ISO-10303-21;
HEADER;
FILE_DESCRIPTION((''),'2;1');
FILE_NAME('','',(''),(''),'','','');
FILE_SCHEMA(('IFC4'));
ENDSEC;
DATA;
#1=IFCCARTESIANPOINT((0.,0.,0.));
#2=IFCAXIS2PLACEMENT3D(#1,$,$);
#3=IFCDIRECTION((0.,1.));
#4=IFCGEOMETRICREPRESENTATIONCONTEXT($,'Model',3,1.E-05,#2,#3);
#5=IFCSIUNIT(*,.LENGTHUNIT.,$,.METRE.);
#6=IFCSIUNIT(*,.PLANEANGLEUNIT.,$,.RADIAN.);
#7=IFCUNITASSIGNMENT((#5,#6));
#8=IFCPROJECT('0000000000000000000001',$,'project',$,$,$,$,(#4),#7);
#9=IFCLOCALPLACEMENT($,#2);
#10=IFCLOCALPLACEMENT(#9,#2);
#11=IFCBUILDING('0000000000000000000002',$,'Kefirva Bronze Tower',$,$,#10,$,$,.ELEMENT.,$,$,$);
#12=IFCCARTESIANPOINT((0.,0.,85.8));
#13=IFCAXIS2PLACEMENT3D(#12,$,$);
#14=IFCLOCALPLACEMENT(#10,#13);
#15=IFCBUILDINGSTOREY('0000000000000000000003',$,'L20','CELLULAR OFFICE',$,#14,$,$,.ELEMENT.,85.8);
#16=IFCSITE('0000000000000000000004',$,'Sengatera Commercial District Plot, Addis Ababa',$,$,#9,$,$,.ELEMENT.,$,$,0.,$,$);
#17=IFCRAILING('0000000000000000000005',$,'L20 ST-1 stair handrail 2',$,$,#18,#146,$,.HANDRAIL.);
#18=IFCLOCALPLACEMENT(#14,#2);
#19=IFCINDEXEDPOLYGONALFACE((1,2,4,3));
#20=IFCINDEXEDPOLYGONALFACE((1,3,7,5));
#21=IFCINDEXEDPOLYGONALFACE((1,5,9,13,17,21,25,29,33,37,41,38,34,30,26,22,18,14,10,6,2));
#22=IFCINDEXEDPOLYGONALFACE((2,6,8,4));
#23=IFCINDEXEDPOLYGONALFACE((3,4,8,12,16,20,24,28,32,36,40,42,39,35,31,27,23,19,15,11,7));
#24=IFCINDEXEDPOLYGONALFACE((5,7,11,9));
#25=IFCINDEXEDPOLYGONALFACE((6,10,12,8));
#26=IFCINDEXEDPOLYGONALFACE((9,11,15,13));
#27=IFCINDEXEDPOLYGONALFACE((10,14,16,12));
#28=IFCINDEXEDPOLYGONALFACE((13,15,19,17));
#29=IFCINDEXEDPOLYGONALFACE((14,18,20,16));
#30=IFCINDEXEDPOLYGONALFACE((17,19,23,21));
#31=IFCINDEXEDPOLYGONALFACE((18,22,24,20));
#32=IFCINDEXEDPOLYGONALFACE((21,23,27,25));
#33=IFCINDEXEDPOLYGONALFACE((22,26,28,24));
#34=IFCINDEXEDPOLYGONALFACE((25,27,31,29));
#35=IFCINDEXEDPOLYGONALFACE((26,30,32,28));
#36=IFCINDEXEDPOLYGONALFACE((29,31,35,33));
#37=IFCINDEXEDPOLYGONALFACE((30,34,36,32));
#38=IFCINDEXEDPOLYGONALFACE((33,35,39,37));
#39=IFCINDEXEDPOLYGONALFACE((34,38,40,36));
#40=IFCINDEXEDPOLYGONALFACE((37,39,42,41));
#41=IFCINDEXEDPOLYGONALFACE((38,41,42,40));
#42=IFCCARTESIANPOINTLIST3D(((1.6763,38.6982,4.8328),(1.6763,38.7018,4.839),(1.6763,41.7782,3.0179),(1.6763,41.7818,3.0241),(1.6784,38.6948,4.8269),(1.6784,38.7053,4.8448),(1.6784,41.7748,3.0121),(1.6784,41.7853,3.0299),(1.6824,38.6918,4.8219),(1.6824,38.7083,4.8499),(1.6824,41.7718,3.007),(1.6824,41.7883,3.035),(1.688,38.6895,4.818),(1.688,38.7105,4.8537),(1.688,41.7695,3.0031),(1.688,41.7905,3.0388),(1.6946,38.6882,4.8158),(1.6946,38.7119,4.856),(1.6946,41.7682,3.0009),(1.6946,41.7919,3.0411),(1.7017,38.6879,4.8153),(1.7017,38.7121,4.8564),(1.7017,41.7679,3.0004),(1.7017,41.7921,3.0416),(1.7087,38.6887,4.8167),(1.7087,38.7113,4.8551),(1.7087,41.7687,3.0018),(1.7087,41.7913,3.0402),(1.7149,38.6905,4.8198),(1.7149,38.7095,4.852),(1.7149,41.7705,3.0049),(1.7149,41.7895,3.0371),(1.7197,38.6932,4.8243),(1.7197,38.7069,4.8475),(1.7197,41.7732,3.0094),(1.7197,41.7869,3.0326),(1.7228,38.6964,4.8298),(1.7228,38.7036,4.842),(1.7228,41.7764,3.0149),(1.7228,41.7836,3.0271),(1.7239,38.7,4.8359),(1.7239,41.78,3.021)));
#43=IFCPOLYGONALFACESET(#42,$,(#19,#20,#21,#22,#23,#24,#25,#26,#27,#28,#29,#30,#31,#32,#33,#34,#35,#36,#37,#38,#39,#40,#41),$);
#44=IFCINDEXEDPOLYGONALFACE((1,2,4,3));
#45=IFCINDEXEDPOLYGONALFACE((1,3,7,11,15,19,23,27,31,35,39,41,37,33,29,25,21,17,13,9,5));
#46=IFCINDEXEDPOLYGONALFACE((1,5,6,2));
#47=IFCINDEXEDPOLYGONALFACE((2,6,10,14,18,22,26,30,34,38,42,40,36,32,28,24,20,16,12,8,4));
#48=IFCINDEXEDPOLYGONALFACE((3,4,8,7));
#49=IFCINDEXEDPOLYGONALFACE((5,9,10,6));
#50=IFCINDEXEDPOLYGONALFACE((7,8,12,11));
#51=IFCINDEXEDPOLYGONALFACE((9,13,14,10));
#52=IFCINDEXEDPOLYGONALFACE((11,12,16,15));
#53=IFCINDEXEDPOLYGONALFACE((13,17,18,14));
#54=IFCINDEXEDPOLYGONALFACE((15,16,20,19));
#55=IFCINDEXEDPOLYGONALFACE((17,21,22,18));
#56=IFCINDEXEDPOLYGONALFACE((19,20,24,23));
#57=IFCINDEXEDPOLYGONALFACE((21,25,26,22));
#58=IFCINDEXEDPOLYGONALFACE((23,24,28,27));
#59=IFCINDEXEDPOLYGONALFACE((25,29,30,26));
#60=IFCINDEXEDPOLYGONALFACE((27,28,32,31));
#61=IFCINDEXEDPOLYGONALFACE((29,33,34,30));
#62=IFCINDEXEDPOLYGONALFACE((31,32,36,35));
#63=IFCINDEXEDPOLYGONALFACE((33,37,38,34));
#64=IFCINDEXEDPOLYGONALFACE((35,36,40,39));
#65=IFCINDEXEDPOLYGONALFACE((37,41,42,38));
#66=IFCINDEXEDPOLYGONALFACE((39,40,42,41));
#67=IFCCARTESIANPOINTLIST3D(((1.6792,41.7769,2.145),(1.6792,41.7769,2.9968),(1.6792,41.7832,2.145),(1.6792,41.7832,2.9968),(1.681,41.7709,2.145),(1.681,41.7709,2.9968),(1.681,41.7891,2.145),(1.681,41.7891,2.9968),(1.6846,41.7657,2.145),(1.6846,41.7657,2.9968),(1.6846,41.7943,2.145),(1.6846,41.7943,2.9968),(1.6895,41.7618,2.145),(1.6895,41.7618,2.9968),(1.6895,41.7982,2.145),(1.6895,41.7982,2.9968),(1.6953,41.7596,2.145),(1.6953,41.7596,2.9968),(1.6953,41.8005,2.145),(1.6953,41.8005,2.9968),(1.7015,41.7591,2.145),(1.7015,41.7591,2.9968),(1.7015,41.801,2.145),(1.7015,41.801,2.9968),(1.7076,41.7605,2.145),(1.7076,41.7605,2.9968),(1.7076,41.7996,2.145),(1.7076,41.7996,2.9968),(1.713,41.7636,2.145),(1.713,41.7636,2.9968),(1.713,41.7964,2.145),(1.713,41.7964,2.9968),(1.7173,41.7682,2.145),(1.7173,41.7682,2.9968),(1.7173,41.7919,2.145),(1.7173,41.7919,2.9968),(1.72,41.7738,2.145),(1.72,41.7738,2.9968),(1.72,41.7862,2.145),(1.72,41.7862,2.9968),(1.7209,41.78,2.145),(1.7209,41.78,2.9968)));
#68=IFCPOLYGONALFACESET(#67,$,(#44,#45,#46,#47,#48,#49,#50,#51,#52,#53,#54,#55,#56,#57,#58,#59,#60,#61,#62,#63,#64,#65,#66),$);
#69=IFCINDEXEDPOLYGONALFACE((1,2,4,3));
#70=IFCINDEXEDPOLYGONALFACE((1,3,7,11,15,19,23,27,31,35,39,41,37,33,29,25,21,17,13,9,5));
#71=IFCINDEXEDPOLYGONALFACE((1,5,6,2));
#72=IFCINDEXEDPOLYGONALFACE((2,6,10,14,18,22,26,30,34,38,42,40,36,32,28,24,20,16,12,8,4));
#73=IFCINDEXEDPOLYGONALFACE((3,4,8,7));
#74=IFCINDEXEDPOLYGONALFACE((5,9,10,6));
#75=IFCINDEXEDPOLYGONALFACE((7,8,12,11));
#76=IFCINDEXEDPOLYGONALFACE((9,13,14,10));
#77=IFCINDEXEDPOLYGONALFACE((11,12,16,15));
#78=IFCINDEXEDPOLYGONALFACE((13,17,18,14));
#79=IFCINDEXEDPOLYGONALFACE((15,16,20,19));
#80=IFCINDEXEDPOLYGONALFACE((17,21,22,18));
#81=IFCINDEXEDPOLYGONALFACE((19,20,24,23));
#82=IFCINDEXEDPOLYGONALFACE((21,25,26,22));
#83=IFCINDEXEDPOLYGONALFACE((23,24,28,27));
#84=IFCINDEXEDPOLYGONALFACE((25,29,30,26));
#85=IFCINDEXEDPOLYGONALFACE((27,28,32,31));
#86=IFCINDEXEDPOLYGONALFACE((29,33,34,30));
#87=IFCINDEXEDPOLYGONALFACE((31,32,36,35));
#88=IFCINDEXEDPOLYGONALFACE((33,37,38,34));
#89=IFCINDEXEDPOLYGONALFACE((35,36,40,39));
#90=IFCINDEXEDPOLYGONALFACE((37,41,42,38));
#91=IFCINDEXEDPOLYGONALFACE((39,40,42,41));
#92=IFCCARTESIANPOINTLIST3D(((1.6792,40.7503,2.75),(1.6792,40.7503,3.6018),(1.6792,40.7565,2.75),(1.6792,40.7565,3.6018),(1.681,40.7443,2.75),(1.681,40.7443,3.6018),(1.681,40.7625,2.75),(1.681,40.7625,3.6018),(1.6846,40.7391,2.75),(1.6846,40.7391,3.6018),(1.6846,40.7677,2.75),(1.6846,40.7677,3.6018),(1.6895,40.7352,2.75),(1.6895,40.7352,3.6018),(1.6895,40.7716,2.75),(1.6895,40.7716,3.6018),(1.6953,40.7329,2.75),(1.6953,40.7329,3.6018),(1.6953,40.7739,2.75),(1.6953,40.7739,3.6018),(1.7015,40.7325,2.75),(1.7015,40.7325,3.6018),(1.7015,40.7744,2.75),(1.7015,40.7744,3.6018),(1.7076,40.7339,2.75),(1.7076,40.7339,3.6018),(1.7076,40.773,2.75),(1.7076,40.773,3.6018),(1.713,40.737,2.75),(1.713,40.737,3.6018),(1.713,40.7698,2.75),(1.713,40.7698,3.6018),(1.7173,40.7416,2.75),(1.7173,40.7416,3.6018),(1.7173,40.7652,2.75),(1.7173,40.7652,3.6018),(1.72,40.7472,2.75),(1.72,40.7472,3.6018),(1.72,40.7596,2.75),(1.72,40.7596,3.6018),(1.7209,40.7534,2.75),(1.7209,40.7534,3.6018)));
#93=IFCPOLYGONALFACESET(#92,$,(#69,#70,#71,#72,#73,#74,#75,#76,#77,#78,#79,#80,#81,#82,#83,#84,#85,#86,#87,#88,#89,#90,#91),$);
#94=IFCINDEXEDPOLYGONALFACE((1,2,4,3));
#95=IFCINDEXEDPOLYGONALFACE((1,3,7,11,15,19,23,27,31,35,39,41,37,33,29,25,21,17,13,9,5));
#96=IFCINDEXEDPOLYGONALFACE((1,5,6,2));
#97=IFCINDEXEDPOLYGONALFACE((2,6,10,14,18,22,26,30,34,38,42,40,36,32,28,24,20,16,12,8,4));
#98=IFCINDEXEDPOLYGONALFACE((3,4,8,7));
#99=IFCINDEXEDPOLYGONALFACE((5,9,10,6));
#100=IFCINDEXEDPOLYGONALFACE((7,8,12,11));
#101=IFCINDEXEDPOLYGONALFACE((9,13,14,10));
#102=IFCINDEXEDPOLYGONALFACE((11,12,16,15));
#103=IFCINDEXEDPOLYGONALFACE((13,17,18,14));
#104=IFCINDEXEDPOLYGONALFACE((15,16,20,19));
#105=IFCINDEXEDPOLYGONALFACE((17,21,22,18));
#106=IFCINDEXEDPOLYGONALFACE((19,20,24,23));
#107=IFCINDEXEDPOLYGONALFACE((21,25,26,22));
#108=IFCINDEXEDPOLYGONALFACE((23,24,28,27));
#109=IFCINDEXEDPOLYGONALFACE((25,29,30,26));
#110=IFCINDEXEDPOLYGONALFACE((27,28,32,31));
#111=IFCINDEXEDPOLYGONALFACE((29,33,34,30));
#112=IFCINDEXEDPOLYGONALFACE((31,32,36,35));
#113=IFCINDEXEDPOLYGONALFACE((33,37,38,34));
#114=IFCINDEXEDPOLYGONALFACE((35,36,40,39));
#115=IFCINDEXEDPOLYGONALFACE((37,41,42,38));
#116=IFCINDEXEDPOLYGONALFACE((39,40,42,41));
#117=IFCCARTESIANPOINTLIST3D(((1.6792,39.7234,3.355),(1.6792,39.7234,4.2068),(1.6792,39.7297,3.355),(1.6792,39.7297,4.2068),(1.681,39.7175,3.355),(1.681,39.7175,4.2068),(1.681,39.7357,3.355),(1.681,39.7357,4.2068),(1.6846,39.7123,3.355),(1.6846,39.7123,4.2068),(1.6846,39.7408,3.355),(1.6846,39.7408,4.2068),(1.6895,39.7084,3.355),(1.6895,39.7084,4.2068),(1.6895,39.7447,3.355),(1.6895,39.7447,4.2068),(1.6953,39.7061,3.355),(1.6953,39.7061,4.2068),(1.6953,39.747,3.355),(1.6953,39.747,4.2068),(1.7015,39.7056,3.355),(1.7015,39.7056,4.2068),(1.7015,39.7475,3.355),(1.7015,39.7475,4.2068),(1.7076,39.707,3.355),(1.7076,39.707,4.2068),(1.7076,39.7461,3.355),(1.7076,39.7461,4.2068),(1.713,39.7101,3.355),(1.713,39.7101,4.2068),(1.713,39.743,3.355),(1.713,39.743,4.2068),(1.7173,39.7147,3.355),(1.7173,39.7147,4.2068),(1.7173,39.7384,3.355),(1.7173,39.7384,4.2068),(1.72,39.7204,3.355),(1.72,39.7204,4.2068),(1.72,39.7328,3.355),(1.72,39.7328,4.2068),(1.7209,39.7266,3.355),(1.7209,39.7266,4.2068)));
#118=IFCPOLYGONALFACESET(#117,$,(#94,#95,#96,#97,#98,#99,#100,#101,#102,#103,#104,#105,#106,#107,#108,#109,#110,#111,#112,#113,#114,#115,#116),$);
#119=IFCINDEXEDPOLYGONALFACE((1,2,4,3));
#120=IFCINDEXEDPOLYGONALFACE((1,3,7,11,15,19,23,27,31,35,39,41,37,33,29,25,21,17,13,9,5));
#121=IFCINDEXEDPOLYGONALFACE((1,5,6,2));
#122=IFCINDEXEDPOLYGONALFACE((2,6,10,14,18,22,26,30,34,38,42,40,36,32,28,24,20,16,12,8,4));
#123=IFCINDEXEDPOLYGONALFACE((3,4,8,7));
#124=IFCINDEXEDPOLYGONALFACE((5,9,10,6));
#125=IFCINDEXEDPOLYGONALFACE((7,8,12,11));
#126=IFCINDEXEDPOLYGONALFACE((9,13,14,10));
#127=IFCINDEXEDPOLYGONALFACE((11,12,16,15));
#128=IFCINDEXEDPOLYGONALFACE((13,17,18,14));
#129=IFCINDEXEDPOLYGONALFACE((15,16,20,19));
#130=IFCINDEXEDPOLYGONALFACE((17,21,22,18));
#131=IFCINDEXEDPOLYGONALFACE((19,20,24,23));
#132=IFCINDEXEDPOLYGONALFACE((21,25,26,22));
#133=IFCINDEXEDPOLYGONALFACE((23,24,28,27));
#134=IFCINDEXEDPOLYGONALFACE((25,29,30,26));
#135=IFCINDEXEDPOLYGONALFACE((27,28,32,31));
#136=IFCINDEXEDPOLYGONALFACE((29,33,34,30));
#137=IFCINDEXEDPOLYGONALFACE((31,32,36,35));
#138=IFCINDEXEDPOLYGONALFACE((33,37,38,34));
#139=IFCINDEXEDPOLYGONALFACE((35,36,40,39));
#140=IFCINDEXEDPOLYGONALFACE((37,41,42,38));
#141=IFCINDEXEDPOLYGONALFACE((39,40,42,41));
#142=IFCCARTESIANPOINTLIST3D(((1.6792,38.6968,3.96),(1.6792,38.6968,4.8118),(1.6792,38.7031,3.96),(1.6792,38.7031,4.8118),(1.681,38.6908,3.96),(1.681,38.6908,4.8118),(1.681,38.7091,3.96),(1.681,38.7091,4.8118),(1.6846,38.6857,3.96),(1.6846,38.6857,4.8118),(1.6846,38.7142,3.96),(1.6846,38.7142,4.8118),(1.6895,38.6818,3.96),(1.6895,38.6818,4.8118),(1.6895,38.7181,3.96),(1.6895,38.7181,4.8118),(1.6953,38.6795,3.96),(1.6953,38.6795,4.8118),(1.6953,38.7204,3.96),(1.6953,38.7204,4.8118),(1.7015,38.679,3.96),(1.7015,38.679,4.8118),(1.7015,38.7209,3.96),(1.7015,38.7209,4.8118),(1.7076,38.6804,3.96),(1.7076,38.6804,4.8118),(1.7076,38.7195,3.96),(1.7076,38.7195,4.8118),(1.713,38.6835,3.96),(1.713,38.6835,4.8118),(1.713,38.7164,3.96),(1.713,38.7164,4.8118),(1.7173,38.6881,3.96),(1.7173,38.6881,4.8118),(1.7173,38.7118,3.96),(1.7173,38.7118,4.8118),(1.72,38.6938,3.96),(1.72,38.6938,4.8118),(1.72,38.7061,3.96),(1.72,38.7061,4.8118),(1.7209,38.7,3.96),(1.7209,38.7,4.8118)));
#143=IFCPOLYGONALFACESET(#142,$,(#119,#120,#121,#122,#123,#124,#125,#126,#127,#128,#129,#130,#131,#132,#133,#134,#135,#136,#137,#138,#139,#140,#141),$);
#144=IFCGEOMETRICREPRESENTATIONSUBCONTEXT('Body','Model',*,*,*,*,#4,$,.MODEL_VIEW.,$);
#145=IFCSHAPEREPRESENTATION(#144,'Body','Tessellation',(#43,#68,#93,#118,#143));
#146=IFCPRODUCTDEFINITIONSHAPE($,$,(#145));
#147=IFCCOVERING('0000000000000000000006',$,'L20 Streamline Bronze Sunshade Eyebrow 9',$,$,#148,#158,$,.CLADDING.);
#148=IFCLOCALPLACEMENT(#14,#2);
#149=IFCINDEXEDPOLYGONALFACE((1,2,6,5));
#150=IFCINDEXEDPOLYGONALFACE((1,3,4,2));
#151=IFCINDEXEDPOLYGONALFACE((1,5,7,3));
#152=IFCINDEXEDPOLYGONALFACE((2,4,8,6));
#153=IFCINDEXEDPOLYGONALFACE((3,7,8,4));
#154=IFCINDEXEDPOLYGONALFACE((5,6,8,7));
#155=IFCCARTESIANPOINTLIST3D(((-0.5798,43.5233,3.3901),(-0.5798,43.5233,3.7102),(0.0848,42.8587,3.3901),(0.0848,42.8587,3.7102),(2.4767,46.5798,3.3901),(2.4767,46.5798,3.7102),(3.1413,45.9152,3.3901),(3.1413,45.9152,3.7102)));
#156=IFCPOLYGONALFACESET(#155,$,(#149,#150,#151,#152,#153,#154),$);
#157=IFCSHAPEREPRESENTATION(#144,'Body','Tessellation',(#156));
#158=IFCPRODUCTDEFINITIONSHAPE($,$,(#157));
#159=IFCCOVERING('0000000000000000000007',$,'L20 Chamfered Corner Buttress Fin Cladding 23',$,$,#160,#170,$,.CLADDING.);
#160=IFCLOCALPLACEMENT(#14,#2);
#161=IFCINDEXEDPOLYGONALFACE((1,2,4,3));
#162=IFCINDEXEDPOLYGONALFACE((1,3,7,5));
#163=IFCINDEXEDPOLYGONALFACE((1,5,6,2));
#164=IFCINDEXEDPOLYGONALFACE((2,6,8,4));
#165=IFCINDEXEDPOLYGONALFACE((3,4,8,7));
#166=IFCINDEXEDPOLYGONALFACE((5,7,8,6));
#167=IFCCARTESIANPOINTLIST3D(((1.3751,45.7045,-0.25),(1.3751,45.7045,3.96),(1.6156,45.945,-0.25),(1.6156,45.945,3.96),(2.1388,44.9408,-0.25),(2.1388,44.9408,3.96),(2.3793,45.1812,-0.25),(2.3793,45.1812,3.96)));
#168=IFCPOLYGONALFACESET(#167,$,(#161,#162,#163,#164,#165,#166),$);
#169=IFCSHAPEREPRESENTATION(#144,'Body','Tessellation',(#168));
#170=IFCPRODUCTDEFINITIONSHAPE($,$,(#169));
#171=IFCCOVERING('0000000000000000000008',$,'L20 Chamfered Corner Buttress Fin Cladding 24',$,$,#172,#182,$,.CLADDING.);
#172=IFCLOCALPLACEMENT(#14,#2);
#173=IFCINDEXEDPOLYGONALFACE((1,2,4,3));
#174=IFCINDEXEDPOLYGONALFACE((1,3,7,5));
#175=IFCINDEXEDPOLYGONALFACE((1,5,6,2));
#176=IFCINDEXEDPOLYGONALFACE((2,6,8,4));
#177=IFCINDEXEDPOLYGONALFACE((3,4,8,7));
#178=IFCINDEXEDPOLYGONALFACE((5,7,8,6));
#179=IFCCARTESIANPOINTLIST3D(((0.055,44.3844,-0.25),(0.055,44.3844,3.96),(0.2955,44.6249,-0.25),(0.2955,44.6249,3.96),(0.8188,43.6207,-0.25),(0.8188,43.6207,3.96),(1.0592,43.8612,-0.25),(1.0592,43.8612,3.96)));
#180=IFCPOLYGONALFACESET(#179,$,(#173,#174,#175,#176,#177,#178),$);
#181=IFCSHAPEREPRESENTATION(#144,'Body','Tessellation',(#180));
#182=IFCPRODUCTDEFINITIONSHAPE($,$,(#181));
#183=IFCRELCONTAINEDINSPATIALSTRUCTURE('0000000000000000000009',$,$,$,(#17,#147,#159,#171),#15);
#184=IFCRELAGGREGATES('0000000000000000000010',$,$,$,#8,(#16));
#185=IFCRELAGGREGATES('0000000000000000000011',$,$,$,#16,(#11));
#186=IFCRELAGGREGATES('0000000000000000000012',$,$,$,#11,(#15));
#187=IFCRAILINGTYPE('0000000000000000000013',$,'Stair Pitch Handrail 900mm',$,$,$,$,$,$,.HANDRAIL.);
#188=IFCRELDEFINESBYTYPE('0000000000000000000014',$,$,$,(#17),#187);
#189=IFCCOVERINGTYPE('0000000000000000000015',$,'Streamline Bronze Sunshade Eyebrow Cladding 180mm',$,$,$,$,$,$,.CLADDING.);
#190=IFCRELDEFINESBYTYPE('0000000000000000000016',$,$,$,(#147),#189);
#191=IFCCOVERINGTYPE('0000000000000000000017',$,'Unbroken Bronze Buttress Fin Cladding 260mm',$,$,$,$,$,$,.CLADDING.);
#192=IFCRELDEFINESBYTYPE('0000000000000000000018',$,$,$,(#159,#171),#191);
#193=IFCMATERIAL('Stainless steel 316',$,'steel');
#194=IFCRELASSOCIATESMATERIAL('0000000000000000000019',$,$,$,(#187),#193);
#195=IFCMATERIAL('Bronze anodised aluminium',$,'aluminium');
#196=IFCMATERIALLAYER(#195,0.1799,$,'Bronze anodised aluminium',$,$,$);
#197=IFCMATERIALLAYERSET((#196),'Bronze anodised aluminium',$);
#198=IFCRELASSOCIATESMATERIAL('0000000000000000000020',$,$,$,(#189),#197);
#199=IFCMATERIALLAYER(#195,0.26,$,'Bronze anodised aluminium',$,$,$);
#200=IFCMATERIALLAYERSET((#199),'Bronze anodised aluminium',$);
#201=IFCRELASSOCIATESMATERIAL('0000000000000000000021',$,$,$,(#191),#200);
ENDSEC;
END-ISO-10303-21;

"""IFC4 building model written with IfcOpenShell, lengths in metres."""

from ifc_helpers import new_model, si_unit, direction, frame, origin, origin_2d, place, context, subcontext, project, spatial, rectangle, circle, extrude, material, layer, layer_set, type_object, element, save


model = new_model("IFC4")

# Units and contexts
model_context = context("Model", 3, precision=1e-05, world=origin(), true_north=direction((0.0, 1.0)))
body_context = subcontext(model_context, "Body", "Model", "MODEL_VIEW")
ifc_project = project(units=[si_unit("LENGTHUNIT", "METRE"), si_unit("PLANEANGLEUNIT", "RADIAN")], contexts=[model_context])

# Site, building, storey
site_placement = place(None, origin())
site = spatial("IfcSite", under=ifc_project, at=site_placement, Name="Sengatera Commercial District Plot, Addis Ababa", CompositionType="ELEMENT", RefElevation=0.0)
building_placement = place(site_placement, origin())
building = spatial("IfcBuilding", under=site, at=building_placement, Name="Kefirva Bronze Tower", CompositionType="ELEMENT")
storey_placement = place(building_placement, frame((0.0, 0.0, 85.8)))
storey = spatial("IfcBuildingStorey", under=building, at=storey_placement, Name="L20", Description="CELLULAR OFFICE", CompositionType="ELEMENT", Elevation=85.8)

# Shared definitions
ifc_material_1 = material(Name="Bronze anodised aluminium", Category="aluminium")

# Railing
ifc_material_2 = material(Name="Stainless steel 316", Category="steel")
railing_type_1 = type_object("IfcRailingType", Name="Stair Pitch Handrail 900mm", PredefinedType="HANDRAIL", material=ifc_material_2)
railing_1_placement = place(storey_placement, frame((1.7, 41.78, 2.145)))
element("IfcRailing", 1, at=railing_1_placement, inside=storey, type_object=railing_type_1, Name="L20 ST-1 stair handrail 2", PredefinedType="HANDRAIL", context=body_context, shape_type="SweptSolid", body=[
    extrude(circle(Radius=0.0239, at=origin_2d()), frame((0.0, 0.0, 0.876), z_axis=(0.0, -0.861551, 0.507671), x_axis=(1.0, 0.0, 0.0)), (0.0, 0.0, 1.0), 3.575),
    extrude(circle(Radius=0.021, at=origin_2d()), origin(), (0.0, 0.0, 1.0), 0.8518),
    extrude(circle(Radius=0.021, at=origin_2d()), frame((0.0, -1.0266, 0.605)), (0.0, 0.0, 1.0), 0.8518),
    extrude(circle(Radius=0.021, at=origin_2d()), frame((0.0, -2.0535, 1.21)), (0.0, 0.0, 1.0), 0.8518),
    extrude(circle(Radius=0.021, at=origin_2d()), frame((0.0, -3.0801, 1.8149)), (0.0, 0.0, 1.0), 0.8518),
])

# Coverings
ifc_layer_1 = layer(ifc_material_1, 0.1799, Name="Bronze anodised aluminium")
ifc_layer_set_1 = layer_set([ifc_layer_1], Name="Bronze anodised aluminium")
covering_type_1 = type_object("IfcCoveringType", Name="Streamline Bronze Sunshade Eyebrow Cladding 180mm", PredefinedType="CLADDING", material=ifc_layer_set_1)
covering_1_placement = place(storey_placement, frame((1.2808, 44.7192, 3.3901), z_axis=(0.0, 0.0, 1.0), x_axis=(-0.707107, -0.707107, 0.0)))
element("IfcCovering", 2, at=covering_1_placement, inside=storey, type_object=covering_type_1, Name="L20 Streamline Bronze Sunshade Eyebrow 9", PredefinedType="CLADDING", context=body_context, shape_type="SweptSolid", body=[
    extrude(rectangle(XDim=4.3225, YDim=0.9399, at=origin_2d()), origin(), (0.0, 0.0, 1.0), 0.3201),
])
ifc_layer_2 = layer(ifc_material_1, 0.26, Name="Bronze anodised aluminium")
ifc_layer_set_2 = layer_set([ifc_layer_2], Name="Bronze anodised aluminium")
covering_type_2 = type_object("IfcCoveringType", Name="Unbroken Bronze Buttress Fin Cladding 260mm", PredefinedType="CLADDING", material=ifc_layer_set_2)
for number, where, z_axis, x_axis, name in (
    (3, (1.8772, 45.4429, -0.25), (0.0, 0.0, 1.0), (-0.707107, -0.707107, 0.0), "L20 Chamfered Corner Buttress Fin Cladding 23"),
    (4, (0.5571, 44.1228, -0.25), (0.0, 0.0, 1.0), (-0.707107, -0.707107, 0.0), "L20 Chamfered Corner Buttress Fin Cladding 24"),
):
    element("IfcCovering", number, at=place(storey_placement, frame(where, z_axis=z_axis, x_axis=x_axis)), inside=storey, type_object=covering_type_2, Name=name, PredefinedType="CLADDING", context=body_context, shape_type="SweptSolid", body=[
        extrude(rectangle(XDim=0.3401, YDim=1.0801, at=origin_2d()), origin(), (0.0, 0.0, 1.0), 4.21),
    ])

save(model, "model.ifc")
